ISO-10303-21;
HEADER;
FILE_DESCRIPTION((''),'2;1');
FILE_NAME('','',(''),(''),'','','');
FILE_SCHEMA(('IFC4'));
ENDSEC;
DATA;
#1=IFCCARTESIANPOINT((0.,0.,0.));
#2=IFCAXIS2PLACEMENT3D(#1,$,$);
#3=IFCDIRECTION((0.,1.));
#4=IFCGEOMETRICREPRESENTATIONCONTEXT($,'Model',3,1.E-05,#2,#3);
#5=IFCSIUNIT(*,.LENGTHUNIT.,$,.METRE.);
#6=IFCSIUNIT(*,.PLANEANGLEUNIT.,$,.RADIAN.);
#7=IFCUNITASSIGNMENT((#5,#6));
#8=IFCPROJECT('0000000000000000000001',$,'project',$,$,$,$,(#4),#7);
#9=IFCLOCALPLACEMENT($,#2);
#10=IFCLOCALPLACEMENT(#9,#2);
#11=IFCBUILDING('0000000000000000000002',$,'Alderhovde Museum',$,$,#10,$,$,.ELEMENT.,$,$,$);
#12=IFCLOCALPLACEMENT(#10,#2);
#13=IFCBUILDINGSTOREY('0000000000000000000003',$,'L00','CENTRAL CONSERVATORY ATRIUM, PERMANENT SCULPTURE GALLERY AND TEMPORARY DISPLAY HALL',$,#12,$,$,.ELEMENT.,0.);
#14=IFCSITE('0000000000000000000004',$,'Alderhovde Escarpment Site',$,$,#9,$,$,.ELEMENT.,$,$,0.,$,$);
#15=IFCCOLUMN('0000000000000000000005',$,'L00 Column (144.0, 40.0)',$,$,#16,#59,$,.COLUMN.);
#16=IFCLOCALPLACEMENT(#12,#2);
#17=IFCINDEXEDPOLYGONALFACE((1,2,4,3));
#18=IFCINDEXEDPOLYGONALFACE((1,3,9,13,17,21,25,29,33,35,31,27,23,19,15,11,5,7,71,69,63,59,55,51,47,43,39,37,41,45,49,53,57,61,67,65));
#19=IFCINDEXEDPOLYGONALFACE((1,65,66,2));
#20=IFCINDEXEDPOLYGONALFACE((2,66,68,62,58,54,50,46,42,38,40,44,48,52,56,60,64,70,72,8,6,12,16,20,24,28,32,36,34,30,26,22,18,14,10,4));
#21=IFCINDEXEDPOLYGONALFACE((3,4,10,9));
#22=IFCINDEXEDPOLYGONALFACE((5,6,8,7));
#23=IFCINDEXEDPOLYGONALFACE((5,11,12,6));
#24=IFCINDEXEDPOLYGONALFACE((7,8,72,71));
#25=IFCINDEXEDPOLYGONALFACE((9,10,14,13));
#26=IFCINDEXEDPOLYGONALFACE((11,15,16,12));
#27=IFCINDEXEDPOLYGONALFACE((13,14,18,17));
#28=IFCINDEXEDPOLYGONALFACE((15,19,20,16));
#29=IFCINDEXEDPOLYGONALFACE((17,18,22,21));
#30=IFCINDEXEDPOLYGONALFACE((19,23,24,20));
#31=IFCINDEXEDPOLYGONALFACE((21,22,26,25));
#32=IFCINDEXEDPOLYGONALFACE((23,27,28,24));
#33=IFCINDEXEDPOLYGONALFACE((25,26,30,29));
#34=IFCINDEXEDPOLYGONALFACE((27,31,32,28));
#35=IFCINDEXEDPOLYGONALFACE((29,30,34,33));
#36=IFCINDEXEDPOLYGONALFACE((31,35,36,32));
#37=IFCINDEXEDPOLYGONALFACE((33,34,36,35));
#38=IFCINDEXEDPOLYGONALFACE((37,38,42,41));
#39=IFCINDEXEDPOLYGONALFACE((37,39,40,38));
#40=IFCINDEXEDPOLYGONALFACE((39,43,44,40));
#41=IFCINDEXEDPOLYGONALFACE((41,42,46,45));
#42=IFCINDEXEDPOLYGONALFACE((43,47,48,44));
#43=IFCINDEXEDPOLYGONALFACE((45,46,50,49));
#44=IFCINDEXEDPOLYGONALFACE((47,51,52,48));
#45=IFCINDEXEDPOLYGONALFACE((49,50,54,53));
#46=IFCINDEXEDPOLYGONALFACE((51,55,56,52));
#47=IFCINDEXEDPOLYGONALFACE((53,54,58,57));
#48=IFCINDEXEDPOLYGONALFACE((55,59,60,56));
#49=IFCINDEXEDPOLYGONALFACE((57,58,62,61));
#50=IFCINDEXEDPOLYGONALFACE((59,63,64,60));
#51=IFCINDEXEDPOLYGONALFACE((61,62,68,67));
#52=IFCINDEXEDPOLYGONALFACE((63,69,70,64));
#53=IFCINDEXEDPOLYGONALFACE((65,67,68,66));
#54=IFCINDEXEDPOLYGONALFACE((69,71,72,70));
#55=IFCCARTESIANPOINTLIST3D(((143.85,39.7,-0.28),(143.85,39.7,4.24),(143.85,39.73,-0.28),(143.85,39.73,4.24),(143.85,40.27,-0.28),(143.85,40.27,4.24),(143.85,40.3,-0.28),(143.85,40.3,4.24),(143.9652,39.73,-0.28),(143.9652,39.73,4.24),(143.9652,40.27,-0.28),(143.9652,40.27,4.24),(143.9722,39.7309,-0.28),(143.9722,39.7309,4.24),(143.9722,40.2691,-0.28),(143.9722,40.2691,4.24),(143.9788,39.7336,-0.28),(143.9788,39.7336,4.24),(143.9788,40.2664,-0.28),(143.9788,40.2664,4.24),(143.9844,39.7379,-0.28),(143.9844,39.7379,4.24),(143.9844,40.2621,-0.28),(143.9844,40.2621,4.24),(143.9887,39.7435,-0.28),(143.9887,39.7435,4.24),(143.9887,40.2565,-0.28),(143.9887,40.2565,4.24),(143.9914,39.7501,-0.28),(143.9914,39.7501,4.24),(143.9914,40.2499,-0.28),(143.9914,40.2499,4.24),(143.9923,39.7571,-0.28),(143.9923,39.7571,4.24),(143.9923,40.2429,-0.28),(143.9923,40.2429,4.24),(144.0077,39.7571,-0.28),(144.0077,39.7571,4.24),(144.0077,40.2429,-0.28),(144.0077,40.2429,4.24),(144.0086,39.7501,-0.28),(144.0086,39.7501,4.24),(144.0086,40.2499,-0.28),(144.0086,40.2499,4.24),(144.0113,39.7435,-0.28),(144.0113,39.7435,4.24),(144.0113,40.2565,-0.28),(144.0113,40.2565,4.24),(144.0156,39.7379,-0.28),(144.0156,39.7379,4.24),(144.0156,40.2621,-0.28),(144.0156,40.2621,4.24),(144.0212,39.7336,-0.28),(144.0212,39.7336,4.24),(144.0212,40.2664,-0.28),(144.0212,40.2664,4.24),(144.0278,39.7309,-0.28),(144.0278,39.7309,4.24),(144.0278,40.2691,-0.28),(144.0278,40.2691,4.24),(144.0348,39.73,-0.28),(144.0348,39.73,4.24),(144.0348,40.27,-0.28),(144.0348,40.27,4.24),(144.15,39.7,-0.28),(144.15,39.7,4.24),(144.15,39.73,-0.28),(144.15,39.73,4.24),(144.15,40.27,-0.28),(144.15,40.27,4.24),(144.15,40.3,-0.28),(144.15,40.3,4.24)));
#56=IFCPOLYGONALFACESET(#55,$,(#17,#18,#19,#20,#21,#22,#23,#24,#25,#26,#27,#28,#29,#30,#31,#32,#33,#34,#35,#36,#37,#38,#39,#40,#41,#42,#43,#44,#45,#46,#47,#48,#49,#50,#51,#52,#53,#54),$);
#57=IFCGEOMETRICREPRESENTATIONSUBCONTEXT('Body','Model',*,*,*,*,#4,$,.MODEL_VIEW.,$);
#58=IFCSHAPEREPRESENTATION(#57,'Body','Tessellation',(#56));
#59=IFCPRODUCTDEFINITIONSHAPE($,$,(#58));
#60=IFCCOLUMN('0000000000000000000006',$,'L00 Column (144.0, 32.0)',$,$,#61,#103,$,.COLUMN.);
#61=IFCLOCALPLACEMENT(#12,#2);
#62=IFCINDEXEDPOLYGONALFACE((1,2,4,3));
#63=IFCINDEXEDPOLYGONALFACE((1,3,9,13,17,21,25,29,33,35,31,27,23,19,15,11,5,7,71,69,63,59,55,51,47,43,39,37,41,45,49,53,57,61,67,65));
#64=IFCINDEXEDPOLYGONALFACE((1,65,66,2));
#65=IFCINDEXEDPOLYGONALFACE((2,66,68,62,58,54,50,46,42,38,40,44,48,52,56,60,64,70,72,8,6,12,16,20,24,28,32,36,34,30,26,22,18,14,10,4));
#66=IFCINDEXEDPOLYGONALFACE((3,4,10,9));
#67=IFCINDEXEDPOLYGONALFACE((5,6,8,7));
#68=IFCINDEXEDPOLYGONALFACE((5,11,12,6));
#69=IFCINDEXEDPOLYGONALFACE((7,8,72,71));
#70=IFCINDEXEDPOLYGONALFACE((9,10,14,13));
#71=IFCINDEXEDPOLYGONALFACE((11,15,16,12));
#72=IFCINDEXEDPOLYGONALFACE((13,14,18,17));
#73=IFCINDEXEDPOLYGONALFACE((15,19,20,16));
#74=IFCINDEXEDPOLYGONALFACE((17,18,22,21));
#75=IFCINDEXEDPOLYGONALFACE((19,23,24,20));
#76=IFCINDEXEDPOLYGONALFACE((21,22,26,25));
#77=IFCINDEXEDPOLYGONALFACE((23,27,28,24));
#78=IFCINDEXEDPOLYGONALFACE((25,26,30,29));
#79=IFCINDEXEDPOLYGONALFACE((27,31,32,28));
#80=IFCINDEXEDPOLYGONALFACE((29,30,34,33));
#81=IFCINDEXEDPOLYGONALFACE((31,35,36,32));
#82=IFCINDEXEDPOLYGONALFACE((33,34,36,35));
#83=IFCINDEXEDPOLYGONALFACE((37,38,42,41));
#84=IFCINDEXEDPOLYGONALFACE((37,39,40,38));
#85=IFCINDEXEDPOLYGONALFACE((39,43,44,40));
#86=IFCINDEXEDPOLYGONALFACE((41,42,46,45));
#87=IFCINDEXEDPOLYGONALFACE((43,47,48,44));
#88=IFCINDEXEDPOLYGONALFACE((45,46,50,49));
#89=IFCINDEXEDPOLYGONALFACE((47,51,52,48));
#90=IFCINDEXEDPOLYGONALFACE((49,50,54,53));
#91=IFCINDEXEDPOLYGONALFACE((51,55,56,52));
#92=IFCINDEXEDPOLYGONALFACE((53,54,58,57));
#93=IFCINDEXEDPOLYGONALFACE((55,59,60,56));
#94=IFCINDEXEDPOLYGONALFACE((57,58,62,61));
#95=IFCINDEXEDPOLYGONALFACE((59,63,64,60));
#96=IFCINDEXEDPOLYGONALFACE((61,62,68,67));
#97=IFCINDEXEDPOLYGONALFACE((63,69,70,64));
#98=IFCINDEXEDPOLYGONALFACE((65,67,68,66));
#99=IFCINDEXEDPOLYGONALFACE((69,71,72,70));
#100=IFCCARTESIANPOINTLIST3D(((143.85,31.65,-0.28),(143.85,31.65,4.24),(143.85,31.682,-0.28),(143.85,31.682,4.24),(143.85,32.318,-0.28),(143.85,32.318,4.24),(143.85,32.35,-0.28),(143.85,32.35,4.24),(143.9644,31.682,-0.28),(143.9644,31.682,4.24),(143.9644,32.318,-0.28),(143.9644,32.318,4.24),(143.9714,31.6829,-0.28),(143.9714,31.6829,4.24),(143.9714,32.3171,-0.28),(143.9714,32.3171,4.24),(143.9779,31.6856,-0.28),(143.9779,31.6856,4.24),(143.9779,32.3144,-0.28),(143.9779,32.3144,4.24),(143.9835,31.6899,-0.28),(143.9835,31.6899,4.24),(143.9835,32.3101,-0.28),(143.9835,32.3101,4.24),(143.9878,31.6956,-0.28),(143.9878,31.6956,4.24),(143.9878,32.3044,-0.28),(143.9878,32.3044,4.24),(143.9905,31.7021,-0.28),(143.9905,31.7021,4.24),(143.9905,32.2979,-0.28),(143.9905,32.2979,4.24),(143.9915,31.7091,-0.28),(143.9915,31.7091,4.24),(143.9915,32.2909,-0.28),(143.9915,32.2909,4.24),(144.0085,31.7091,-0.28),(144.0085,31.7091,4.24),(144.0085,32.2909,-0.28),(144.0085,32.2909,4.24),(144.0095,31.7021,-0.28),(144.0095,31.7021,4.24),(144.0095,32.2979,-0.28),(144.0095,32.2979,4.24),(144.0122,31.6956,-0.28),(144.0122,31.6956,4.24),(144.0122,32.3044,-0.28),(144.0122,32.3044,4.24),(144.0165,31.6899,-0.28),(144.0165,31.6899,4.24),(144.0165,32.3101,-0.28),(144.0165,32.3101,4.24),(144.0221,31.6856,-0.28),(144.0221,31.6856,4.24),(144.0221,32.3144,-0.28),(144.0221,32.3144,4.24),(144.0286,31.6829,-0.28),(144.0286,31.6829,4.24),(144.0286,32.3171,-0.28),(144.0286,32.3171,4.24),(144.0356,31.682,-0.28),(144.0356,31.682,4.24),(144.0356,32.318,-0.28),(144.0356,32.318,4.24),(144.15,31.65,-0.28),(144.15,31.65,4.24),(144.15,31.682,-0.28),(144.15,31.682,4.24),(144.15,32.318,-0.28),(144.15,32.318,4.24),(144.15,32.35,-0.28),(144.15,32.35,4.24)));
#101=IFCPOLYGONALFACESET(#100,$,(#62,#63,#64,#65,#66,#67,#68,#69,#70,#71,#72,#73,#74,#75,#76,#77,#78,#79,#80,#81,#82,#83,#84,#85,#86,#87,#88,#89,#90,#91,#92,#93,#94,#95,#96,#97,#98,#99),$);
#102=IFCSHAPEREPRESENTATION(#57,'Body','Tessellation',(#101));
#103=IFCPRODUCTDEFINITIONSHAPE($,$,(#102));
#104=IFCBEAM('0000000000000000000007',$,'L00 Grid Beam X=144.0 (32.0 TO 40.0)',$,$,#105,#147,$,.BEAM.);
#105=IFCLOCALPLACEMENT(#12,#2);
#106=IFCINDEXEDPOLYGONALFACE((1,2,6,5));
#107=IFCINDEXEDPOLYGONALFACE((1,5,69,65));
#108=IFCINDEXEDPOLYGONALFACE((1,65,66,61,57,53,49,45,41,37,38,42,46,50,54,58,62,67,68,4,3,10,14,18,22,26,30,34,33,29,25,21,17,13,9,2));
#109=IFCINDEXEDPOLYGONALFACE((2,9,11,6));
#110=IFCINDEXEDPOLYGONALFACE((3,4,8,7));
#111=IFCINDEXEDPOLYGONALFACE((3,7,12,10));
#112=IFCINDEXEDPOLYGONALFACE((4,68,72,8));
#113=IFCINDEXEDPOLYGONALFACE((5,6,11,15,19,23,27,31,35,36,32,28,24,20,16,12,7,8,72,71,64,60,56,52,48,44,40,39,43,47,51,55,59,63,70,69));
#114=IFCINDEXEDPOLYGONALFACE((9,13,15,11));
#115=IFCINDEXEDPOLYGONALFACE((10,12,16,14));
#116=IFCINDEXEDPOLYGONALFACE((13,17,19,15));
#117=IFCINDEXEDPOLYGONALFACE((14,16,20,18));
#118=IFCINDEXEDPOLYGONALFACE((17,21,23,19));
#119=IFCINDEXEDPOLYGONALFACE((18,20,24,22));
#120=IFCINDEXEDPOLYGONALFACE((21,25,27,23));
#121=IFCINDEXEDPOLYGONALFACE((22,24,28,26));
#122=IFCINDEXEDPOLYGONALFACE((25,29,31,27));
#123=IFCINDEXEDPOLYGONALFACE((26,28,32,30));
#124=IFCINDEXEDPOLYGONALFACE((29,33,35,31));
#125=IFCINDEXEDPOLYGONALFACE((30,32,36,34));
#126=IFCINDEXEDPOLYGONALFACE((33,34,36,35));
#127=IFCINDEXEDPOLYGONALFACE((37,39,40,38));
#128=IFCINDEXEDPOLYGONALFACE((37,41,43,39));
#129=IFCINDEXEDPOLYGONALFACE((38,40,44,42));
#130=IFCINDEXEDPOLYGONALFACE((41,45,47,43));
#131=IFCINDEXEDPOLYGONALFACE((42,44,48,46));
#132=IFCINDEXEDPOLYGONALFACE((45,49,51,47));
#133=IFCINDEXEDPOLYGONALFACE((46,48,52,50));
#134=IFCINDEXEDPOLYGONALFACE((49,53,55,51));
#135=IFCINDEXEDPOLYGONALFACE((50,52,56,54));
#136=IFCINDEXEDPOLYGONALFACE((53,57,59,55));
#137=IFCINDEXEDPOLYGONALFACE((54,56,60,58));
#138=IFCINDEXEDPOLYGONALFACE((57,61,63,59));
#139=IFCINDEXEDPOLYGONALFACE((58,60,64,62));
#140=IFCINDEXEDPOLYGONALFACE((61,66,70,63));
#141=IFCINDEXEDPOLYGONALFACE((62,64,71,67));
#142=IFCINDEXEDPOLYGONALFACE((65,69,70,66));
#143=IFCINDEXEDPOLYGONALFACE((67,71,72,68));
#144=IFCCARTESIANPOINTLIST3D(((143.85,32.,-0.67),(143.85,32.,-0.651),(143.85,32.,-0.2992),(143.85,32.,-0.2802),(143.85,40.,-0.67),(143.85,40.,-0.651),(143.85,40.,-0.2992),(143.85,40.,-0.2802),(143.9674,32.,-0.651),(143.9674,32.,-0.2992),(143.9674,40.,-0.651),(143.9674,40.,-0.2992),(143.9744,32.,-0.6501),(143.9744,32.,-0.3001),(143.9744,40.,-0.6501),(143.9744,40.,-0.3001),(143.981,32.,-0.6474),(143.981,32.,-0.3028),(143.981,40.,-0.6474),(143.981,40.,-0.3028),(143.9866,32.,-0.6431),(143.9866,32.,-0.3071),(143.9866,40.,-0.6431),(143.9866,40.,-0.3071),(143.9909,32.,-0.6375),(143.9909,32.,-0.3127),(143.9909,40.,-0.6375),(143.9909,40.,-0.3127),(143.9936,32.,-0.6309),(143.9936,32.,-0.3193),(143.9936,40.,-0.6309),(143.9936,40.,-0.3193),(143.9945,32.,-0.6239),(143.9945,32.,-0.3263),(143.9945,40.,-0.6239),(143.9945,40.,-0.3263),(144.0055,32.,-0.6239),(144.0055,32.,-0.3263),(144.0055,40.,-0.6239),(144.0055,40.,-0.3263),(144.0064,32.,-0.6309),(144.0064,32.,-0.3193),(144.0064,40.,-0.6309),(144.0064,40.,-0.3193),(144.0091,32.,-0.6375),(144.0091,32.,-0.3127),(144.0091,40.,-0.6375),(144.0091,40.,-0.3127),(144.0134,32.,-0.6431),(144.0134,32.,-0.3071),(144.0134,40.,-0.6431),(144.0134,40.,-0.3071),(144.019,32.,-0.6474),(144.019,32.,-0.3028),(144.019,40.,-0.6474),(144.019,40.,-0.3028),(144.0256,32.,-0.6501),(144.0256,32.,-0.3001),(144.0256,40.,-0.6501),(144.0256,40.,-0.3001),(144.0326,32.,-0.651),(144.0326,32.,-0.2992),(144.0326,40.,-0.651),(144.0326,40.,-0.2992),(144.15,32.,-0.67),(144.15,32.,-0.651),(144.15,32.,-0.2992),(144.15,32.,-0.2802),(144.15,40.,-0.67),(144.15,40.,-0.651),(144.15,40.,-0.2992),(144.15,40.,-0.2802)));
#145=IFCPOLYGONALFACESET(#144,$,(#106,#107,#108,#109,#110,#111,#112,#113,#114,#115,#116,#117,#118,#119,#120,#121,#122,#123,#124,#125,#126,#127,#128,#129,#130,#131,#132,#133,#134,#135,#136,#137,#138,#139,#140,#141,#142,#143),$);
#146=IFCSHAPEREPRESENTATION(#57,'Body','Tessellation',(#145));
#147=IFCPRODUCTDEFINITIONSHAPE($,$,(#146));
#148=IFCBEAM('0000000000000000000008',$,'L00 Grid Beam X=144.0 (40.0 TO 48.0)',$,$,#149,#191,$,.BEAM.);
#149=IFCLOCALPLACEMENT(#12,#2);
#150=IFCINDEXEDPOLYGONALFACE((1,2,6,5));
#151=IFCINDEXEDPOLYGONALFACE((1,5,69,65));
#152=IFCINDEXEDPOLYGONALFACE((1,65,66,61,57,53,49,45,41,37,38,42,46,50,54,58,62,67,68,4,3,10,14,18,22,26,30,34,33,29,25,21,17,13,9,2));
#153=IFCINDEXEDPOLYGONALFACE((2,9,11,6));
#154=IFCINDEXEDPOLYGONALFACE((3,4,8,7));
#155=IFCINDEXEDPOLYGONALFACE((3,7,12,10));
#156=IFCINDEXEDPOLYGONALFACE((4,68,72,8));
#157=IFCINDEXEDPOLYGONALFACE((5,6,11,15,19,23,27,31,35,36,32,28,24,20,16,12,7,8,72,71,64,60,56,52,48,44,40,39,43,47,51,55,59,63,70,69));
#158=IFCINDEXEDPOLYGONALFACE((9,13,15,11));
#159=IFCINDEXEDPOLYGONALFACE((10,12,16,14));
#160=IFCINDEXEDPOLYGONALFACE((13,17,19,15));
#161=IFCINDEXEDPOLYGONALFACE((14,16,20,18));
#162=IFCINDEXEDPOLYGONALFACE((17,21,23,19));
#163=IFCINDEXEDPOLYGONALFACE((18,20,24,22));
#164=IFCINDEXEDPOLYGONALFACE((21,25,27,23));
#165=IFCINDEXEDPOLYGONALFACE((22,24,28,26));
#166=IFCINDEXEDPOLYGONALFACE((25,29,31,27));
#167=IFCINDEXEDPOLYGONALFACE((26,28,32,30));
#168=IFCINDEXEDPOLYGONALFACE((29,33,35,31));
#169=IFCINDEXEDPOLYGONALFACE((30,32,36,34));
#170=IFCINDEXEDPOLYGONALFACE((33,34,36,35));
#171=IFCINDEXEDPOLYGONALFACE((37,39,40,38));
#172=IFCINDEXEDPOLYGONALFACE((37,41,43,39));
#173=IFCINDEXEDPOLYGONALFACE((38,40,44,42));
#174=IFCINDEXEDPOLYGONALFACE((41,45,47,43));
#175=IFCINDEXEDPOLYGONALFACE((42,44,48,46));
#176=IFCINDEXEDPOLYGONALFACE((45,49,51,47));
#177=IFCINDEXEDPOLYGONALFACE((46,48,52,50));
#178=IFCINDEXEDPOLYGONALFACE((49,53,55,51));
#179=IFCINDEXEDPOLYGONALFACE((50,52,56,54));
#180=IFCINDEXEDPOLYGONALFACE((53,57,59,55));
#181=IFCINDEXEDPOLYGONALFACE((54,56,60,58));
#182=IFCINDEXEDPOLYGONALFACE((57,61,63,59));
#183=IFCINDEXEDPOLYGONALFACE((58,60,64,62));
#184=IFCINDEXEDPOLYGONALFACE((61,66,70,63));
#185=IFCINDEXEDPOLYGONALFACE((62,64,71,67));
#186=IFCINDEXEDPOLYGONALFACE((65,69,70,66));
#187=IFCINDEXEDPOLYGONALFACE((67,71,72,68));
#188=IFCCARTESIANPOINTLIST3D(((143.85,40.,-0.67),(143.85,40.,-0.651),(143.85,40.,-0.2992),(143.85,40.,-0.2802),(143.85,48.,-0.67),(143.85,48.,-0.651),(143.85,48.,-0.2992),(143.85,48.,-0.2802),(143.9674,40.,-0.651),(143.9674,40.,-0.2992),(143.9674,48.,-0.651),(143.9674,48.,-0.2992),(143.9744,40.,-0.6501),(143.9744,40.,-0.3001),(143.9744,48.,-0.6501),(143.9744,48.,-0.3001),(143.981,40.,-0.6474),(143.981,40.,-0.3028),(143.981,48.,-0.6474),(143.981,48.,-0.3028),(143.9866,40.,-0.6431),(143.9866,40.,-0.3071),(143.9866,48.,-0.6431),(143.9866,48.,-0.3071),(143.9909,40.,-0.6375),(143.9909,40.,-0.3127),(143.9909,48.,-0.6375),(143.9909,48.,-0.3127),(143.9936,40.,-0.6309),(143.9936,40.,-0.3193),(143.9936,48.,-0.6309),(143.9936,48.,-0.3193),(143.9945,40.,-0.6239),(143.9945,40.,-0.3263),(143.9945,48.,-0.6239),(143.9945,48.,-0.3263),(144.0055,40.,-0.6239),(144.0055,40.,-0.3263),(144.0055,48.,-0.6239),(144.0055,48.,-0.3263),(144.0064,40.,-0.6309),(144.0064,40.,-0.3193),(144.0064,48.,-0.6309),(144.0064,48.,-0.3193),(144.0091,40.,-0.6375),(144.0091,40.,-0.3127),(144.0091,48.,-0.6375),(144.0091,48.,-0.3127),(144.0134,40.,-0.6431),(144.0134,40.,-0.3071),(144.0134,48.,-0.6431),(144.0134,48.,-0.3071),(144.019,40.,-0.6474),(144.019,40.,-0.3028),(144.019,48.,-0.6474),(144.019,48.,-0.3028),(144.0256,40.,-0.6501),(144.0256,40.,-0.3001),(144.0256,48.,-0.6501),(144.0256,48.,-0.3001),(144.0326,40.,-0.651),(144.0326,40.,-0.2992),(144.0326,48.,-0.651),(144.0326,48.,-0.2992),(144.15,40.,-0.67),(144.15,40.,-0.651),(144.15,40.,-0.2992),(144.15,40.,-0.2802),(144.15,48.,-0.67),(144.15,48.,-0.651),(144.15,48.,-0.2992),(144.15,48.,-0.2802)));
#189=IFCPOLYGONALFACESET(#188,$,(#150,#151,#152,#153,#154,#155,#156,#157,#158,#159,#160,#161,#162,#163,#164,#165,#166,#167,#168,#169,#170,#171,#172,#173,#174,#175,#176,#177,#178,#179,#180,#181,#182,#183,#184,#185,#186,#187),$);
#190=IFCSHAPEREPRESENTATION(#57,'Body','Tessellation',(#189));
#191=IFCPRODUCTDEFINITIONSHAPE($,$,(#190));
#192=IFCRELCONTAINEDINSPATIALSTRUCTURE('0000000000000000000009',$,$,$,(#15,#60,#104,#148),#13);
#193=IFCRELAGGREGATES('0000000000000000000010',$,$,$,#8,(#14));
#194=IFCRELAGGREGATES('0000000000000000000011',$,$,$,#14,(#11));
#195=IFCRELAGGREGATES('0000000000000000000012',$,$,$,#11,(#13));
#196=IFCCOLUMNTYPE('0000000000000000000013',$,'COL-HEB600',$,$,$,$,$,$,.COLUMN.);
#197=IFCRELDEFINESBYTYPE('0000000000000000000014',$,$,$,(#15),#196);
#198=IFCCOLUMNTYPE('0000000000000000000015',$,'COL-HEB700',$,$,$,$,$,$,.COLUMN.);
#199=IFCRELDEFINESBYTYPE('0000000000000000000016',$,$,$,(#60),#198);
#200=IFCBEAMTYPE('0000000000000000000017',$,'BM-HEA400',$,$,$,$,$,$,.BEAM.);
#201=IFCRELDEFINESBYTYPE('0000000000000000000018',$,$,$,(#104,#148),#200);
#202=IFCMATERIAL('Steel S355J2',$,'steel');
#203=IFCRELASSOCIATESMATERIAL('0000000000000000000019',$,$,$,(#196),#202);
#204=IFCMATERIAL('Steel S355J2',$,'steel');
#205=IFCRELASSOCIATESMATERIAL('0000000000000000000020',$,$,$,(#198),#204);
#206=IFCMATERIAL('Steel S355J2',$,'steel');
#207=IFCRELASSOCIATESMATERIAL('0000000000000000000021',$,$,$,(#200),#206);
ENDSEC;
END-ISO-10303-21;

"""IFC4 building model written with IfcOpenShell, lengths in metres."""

from ifc_helpers import new_model, si_unit, direction, frame, origin, origin_2d, place, context, subcontext, project, spatial, i_section, extrude, material, material_profile, profile_set, type_object, element, save


model = new_model("IFC4")

# Units and contexts
model_context = context("Model", 3, precision=1e-05, world=origin(), true_north=direction((0.0, 1.0)))
body_context = subcontext(model_context, "Body", "Model", "MODEL_VIEW")
ifc_project = project(units=[si_unit("LENGTHUNIT", "METRE"), si_unit("PLANEANGLEUNIT", "RADIAN")], contexts=[model_context])

# Site, building, storey
site_placement = place(None, origin())
site = spatial("IfcSite", under=ifc_project, at=site_placement, Name="Alderhovde Escarpment Site", CompositionType="ELEMENT", RefElevation=0.0)
building_placement = place(site_placement, origin())
building = spatial("IfcBuilding", under=site, at=building_placement, Name="Alderhovde Museum", CompositionType="ELEMENT")
storey_placement = place(building_placement, origin())
storey = spatial("IfcBuildingStorey", under=building, at=storey_placement, Name="L00", Description="CENTRAL CONSERVATORY ATRIUM, PERMANENT SCULPTURE GALLERY AND TEMPORARY DISPLAY HALL", CompositionType="ELEMENT", Elevation=0.0)

# Columns
ifc_material_1 = material(Name="Steel S355J2", Category="steel")
ifc_material_profile_1 = material_profile(ifc_material_1, i_section(OverallWidth=0.3, OverallDepth=0.6001, WebThickness=0.0154, FlangeThickness=0.03, FilletRadius=0.0271, at=origin_2d()), Name="HEB 600")
ifc_profile_set_1 = profile_set([ifc_material_profile_1], Name="Steel S355J2")
column_type_1 = type_object("IfcColumnType", Name="COL-HEB600", PredefinedType="COLUMN", material=ifc_profile_set_1)
column_1_placement = place(storey_placement, frame((144.0, 40.0, -0.28), z_axis=(0.0, 0.0, 1.0), x_axis=(1.0, 0.0, 0.0)))
element("IfcColumn", 1, at=column_1_placement, inside=storey, type_object=column_type_1, Name="L00 Column (144.0, 40.0)", PredefinedType="COLUMN", context=body_context, shape_type="SweptSolid", body=[
    extrude(i_section(OverallWidth=0.3, OverallDepth=0.6001, WebThickness=0.0154, FlangeThickness=0.03, FilletRadius=0.0271, at=origin_2d()), origin(), (0.0, 0.0, 1.0), 4.52),
])
ifc_material_2 = material(Name="Steel S355J2", Category="steel")
ifc_material_profile_2 = material_profile(ifc_material_2, i_section(OverallWidth=0.3, OverallDepth=0.7, WebThickness=0.0171, FlangeThickness=0.032, FilletRadius=0.0271, at=origin_2d()), Name="HEB 700")
ifc_profile_set_2 = profile_set([ifc_material_profile_2], Name="Steel S355J2")
column_type_2 = type_object("IfcColumnType", Name="COL-HEB700", PredefinedType="COLUMN", material=ifc_profile_set_2)
column_2_placement = place(storey_placement, frame((144.0, 32.0, -0.28), z_axis=(0.0, 0.0, 1.0), x_axis=(1.0, 0.0, 0.0)))
element("IfcColumn", 2, at=column_2_placement, inside=storey, type_object=column_type_2, Name="L00 Column (144.0, 32.0)", PredefinedType="COLUMN", context=body_context, shape_type="SweptSolid", body=[
    extrude(i_section(OverallWidth=0.3, OverallDepth=0.7, WebThickness=0.0171, FlangeThickness=0.032, FilletRadius=0.0271, at=origin_2d()), origin(), (0.0, 0.0, 1.0), 4.52),
])

# Beams
ifc_material_3 = material(Name="Steel S355J2", Category="steel")
ifc_material_profile_3 = material_profile(ifc_material_3, i_section(OverallWidth=0.3, OverallDepth=0.3899, WebThickness=0.011, FlangeThickness=0.019, FilletRadius=0.0271, at=origin_2d()), Name="HEA 400")
ifc_profile_set_3 = profile_set([ifc_material_profile_3], Name="Steel S355J2")
beam_type_1 = type_object("IfcBeamType", Name="BM-HEA400", PredefinedType="BEAM", material=ifc_profile_set_3)
for number, where, z_axis, x_axis, name in (
    (3, (144.0, 32.0, -0.4751), (0.0, 1.0, 0.0), (-1.0, 0.0, 0.0), "L00 Grid Beam X=144.0 (32.0 TO 40.0)"),
    (4, (144.0, 40.0, -0.4751), (0.0, 1.0, 0.0), (-1.0, 0.0, 0.0), "L00 Grid Beam X=144.0 (40.0 TO 48.0)"),
):
    element("IfcBeam", number, at=place(storey_placement, frame(where, z_axis=z_axis, x_axis=x_axis)), inside=storey, type_object=beam_type_1, Name=name, PredefinedType="BEAM", context=body_context, shape_type="SweptSolid", body=[
        extrude(i_section(OverallWidth=0.3, OverallDepth=0.3899, WebThickness=0.011, FlangeThickness=0.019, FilletRadius=0.0271, at=origin_2d()), origin(), (0.0, 0.0, 1.0), 8.0),
    ])

save(model, "model.ifc")
